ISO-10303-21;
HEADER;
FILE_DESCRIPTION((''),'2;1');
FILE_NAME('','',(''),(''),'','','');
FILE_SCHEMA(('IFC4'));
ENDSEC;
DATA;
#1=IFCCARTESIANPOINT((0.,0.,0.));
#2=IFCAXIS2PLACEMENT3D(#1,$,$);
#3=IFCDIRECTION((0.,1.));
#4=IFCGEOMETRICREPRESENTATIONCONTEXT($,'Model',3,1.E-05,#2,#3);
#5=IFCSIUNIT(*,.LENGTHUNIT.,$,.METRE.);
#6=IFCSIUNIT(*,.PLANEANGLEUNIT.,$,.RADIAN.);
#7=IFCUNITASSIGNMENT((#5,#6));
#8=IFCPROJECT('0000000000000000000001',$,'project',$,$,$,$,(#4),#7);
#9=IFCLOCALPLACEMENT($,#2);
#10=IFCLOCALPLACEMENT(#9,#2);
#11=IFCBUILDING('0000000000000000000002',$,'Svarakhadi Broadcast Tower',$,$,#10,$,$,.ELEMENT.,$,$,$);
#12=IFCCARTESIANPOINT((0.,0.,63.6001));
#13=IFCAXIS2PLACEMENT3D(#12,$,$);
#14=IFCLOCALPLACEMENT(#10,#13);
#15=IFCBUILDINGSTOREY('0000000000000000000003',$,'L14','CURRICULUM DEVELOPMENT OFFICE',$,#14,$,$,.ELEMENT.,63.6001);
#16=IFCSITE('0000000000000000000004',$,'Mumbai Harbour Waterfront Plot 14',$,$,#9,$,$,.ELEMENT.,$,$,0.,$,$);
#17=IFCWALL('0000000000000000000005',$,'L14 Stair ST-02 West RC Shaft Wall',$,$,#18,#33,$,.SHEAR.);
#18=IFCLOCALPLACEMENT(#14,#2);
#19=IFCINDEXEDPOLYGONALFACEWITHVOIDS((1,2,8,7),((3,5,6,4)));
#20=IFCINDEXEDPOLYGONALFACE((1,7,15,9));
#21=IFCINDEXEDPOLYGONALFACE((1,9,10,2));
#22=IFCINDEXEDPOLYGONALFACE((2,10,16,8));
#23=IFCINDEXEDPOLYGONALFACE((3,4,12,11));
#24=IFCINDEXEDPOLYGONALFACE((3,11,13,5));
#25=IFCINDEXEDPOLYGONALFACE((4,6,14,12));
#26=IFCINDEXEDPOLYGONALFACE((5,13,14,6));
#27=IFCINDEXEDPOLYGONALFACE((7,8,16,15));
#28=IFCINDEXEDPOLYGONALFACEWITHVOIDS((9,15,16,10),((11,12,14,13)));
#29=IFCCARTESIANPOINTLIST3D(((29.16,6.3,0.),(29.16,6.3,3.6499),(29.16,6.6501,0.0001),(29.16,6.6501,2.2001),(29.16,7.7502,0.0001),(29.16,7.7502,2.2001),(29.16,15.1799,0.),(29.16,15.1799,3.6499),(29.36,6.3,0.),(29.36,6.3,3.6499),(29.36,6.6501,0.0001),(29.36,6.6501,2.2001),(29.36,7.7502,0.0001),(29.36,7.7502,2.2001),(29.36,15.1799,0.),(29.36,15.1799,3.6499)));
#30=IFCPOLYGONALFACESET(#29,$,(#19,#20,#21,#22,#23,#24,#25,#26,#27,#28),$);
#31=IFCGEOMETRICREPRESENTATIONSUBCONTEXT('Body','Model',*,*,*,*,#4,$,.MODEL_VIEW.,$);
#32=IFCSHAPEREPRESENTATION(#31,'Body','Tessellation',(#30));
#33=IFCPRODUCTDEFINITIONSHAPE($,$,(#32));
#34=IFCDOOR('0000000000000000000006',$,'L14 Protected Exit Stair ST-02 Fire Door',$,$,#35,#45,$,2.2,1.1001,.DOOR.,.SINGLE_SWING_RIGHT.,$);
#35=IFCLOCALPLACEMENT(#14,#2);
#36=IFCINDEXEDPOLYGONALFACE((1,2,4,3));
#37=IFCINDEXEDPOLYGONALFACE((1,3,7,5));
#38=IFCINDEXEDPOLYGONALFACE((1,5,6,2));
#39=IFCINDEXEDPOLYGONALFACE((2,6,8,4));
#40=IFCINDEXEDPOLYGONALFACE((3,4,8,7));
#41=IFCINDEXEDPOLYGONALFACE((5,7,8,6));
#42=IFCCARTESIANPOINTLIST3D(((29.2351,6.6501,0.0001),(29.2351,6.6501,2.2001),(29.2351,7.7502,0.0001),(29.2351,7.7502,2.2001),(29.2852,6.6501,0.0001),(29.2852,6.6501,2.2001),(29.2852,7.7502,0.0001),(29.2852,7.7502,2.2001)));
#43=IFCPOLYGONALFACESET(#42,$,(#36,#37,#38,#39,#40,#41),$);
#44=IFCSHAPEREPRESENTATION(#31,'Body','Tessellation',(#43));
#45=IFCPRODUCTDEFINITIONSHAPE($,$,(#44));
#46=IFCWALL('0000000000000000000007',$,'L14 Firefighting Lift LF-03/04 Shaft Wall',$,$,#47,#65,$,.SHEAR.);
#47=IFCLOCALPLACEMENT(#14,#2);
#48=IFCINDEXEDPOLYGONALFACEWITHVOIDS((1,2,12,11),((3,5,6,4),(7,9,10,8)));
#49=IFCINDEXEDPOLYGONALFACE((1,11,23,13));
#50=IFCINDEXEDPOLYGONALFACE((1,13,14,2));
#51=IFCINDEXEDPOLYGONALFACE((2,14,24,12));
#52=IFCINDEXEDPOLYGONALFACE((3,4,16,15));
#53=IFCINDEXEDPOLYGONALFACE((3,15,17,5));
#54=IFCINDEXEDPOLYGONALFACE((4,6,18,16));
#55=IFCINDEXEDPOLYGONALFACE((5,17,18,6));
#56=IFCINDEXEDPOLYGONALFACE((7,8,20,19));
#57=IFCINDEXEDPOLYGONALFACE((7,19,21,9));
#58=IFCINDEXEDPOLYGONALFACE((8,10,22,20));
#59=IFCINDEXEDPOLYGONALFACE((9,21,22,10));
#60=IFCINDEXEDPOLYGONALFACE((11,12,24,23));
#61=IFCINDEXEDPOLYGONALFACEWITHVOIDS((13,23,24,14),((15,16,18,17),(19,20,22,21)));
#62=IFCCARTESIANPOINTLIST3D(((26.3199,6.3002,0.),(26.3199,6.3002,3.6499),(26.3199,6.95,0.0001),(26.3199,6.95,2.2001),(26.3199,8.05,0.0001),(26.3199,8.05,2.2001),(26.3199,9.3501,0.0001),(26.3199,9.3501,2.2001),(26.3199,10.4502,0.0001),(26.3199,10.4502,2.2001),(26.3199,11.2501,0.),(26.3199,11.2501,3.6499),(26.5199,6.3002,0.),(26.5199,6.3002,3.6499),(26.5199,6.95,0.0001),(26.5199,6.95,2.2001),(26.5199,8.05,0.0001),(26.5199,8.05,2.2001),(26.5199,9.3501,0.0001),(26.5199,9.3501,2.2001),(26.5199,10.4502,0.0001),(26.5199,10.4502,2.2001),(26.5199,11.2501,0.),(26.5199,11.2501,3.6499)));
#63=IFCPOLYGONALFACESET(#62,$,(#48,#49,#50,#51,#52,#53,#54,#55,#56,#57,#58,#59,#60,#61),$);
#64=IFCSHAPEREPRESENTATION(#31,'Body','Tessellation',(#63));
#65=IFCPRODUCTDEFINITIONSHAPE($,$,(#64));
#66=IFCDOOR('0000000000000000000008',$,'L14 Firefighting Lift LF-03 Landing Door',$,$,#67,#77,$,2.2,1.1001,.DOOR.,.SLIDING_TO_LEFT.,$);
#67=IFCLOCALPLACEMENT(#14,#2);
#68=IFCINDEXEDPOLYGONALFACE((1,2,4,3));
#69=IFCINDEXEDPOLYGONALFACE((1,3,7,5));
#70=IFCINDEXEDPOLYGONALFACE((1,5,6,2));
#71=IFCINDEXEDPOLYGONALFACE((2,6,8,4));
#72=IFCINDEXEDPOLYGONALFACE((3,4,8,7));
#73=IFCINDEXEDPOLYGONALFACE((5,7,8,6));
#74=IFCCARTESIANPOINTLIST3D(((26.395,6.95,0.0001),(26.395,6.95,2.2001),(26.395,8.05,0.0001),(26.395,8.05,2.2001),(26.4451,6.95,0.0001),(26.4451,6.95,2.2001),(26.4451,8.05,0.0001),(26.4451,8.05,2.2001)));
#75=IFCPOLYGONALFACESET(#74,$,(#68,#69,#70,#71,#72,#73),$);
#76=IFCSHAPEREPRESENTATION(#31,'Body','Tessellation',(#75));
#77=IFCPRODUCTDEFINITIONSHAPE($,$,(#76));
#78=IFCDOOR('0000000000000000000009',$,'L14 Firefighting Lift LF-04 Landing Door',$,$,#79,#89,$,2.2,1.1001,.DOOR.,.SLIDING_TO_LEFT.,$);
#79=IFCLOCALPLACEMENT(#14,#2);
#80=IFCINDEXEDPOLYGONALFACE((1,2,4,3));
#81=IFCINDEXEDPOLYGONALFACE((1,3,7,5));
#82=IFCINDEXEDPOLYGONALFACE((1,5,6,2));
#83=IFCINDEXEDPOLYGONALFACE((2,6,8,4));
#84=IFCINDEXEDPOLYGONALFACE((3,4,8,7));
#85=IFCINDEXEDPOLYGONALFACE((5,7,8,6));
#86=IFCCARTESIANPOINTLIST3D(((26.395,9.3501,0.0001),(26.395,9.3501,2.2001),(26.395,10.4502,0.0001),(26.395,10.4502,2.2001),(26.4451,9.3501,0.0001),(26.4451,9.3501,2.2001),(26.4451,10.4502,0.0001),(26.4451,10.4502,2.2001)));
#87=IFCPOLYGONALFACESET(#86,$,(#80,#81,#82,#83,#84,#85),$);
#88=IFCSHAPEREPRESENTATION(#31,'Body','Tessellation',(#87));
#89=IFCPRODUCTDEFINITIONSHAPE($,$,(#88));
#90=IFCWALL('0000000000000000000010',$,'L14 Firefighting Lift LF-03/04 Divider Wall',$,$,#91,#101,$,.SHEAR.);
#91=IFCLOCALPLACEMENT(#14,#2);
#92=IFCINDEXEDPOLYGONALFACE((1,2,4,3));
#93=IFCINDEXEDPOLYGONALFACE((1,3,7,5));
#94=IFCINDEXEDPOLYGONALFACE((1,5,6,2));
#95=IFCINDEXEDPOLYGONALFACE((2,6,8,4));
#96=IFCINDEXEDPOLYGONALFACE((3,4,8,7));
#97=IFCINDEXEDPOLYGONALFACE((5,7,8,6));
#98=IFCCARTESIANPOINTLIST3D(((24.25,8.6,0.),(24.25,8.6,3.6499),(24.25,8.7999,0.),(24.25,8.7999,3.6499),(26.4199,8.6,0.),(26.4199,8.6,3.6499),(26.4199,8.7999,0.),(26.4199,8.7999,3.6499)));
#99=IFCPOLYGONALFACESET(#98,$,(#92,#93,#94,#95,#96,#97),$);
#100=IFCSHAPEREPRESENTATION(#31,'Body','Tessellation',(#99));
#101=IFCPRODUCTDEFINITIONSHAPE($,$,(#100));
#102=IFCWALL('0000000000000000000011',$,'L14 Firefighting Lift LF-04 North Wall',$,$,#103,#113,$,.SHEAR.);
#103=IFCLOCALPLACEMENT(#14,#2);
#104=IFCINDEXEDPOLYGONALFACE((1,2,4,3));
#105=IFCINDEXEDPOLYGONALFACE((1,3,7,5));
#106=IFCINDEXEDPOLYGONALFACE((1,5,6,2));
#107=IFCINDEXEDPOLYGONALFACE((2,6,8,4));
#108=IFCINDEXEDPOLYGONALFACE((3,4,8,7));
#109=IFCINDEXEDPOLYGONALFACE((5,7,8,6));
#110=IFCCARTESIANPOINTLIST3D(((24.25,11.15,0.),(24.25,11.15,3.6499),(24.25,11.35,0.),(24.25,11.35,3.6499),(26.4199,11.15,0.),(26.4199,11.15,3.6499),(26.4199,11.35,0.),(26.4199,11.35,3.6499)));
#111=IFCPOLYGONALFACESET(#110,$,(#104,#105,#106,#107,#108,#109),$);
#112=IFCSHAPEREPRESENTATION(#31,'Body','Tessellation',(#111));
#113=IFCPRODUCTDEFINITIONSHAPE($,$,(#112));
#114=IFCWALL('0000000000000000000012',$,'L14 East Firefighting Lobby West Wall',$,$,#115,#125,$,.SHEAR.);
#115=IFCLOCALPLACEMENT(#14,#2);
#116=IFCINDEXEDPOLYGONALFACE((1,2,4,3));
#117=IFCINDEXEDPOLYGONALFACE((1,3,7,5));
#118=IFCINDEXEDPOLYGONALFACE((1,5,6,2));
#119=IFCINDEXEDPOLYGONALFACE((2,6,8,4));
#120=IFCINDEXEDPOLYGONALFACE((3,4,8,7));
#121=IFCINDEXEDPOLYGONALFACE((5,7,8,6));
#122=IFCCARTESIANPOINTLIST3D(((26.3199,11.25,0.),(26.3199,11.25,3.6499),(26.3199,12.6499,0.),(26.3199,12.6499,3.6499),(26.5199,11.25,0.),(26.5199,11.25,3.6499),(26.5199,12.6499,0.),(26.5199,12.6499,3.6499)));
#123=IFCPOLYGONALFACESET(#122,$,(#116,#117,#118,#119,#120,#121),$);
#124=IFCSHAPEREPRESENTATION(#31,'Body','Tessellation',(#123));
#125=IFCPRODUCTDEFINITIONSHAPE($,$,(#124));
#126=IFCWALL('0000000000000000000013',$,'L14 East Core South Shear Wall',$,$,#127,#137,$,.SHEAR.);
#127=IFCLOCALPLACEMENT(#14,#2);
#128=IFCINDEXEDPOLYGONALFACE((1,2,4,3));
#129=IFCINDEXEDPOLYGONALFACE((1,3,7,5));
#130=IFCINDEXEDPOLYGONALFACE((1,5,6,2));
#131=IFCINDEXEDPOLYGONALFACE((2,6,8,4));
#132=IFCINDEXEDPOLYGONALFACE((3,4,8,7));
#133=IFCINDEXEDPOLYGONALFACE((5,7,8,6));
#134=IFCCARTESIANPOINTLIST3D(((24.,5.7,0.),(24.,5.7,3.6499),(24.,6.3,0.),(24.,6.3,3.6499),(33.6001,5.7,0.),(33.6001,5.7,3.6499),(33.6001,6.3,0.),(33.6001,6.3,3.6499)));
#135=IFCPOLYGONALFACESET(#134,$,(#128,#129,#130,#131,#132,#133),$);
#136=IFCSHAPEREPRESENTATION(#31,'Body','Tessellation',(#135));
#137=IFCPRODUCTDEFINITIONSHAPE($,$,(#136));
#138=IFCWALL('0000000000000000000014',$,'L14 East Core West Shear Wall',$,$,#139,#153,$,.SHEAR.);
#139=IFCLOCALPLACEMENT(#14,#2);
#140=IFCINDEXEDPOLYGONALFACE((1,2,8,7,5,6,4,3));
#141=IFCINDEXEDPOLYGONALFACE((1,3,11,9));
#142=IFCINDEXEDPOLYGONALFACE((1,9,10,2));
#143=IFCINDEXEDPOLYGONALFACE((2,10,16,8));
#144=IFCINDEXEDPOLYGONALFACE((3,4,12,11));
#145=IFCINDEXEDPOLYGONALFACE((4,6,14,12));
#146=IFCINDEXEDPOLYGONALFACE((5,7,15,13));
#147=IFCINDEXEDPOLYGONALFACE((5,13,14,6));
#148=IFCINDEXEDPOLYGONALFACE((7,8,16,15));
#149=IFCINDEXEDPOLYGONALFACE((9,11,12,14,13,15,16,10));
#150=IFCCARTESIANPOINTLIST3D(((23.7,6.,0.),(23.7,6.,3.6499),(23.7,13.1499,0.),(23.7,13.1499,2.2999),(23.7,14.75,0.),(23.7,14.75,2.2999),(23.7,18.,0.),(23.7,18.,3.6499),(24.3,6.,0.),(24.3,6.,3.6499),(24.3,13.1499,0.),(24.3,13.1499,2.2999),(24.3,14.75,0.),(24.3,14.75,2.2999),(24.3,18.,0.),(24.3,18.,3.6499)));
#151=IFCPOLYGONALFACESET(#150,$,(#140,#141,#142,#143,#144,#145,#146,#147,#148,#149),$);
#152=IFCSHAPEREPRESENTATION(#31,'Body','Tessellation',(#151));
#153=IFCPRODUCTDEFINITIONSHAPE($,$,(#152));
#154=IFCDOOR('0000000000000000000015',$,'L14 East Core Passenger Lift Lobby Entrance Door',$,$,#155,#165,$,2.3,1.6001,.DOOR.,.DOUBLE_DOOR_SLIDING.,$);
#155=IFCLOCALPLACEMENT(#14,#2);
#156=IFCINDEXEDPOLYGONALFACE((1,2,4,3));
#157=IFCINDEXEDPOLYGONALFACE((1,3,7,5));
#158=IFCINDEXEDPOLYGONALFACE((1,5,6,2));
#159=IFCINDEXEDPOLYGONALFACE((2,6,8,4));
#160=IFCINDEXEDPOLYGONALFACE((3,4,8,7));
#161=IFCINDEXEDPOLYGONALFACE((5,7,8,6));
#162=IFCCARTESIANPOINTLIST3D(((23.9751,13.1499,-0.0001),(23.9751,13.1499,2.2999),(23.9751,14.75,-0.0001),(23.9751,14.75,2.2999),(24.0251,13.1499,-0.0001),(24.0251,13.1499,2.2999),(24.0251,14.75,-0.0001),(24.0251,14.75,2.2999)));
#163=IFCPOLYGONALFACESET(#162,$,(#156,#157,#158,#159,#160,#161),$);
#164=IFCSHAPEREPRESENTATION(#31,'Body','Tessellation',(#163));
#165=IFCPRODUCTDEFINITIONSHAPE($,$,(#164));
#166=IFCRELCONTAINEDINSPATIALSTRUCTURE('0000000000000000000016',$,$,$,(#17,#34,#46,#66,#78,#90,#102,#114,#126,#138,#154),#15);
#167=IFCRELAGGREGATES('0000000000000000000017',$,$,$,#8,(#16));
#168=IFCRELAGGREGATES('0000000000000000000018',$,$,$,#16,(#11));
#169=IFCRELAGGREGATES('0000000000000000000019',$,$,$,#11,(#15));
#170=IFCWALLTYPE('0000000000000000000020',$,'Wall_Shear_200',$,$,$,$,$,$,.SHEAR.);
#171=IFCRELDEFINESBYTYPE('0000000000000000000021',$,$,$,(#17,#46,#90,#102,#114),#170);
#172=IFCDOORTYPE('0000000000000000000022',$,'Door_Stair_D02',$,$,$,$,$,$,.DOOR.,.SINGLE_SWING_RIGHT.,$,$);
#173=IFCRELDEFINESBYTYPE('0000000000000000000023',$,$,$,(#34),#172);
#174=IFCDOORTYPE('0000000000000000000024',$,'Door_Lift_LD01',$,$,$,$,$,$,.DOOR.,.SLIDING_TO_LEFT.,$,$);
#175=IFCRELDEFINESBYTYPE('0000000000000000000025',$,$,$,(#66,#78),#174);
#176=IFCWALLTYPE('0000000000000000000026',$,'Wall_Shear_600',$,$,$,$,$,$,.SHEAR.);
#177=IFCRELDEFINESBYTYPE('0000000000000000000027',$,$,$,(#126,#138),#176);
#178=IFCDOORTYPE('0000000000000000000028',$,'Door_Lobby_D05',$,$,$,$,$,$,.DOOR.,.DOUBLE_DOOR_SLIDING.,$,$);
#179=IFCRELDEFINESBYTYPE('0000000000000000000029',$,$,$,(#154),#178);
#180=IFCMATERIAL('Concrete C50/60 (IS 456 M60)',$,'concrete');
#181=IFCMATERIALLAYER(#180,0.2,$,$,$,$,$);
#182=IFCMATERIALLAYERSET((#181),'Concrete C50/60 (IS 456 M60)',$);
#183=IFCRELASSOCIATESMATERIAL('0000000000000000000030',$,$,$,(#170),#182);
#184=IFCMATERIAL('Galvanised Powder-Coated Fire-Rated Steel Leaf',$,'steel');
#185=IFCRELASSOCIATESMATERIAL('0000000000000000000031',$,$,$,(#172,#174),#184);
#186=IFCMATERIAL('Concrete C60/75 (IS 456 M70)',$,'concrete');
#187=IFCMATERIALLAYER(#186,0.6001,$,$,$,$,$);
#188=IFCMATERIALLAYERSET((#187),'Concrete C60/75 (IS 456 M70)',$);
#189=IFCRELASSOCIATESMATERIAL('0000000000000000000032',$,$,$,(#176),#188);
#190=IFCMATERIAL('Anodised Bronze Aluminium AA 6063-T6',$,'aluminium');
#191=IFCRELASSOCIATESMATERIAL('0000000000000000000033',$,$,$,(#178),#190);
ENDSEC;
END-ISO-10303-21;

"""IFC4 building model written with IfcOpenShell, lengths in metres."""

from ifc_helpers import new_model, si_unit, direction, frame, frame_2d, origin, place, context, subcontext, project, spatial, rectangle, extrude, material, layer, layer_set, type_object, element, fill, save


model = new_model("IFC4")

# Units and contexts
model_context = context("Model", 3, precision=1e-05, world=origin(), true_north=direction((0.0, 1.0)))
body_context = subcontext(model_context, "Body", "Model", "MODEL_VIEW")
ifc_project = project(units=[si_unit("LENGTHUNIT", "METRE"), si_unit("PLANEANGLEUNIT", "RADIAN")], contexts=[model_context])

# Site, building, storey
site_placement = place(None, origin())
site = spatial("IfcSite", under=ifc_project, at=site_placement, Name="Mumbai Harbour Waterfront Plot 14", CompositionType="ELEMENT", RefElevation=0.0)
building_placement = place(site_placement, origin())
building = spatial("IfcBuilding", under=site, at=building_placement, Name="Svarakhadi Broadcast Tower", CompositionType="ELEMENT")
storey_placement = place(building_placement, frame((0.0, 0.0, 63.6001)))
storey = spatial("IfcBuildingStorey", under=building, at=storey_placement, Name="L14", Description="CURRICULUM DEVELOPMENT OFFICE", CompositionType="ELEMENT", Elevation=63.6001)

# Shared definitions
ifc_material_1 = material(Name="Concrete C60/75 (IS 456 M70)", Category="concrete")

# Shared definitions
ifc_material_2 = material(Name="Concrete C50/60 (IS 456 M60)", Category="concrete")

# Wall, opening, door
ifc_layer_1 = layer(ifc_material_2, 0.2)
ifc_layer_set_1 = layer_set([ifc_layer_1], Name="Concrete C50/60 (IS 456 M60)")
wall_type_1 = type_object("IfcWallType", Name="Wall_Shear_200", PredefinedType="SHEAR", material=ifc_layer_set_1)
wall_1_placement = place(storey_placement, frame((29.26, 6.3, 0.0), z_axis=(0.0, 0.0, 1.0), x_axis=(0.0, 1.0, 0.0)))
wall_1 = element("IfcWall", 1, at=wall_1_placement, inside=storey, type_object=wall_type_1, Name="L14 Stair ST-02 West RC Shaft Wall", PredefinedType="SHEAR", context=body_context, shape_type="SweptSolid", body=[
    extrude(rectangle(XDim=8.8799, YDim=0.2, at=frame_2d((4.4399, 0.0))), origin(), (0.0, 0.0, 1.0), 3.6499),
])
opening_1_placement = place(wall_1_placement, frame((0.3501, 0.0, 0.0)))
opening_1 = element("IfcOpeningElement", 2, at=opening_1_placement, cuts=wall_1, PredefinedType="OPENING", context=body_context, shape_type="SweptSolid", body=[
    extrude(rectangle(XDim=1.1001, YDim=2.2, at=frame_2d((0.55, 1.1001))), frame((0.0, 0.1099, 0.0), z_axis=(0.0, -1.0, 0.0), x_axis=(1.0, 0.0, 0.0)), (0.0, 0.0, 1.0), 0.22),
])
ifc_material_3 = material(Name="Galvanised Powder-Coated Fire-Rated Steel Leaf", Category="steel")
door_type_1 = type_object("IfcDoorType", Name="Door_Stair_D02", OperationType="SINGLE_SWING_RIGHT", PredefinedType="DOOR", material=ifc_material_3)
door_1_placement = place(opening_1_placement, origin())
door_1 = element("IfcDoor", 3, at=door_1_placement, inside=storey, type_object=door_type_1, Name="L14 Protected Exit Stair ST-02 Fire Door", OperationType="SINGLE_SWING_RIGHT", OverallHeight=2.2, OverallWidth=1.1001, PredefinedType="DOOR", context=body_context, shape_type="SweptSolid", body=[
    extrude(rectangle(XDim=1.1001, YDim=2.2, at=frame_2d((0.55, 1.1001))), frame((0.0, 0.0249, 0.0), z_axis=(0.0, -1.0, 0.0), x_axis=(1.0, 0.0, 0.0)), (0.0, 0.0, 1.0), 0.05),
])
fill(opening_1, door_1)

# Wall, openings, doors
wall_2_placement = place(storey_placement, frame((26.4199, 6.3, 0.0), z_axis=(0.0, 0.0, 1.0), x_axis=(0.0, 1.0, 0.0)))
wall_2 = element("IfcWall", 4, at=wall_2_placement, inside=storey, type_object=wall_type_1, Name="L14 Firefighting Lift LF-03/04 Shaft Wall", PredefinedType="SHEAR", context=body_context, shape_type="SweptSolid", body=[
    extrude(rectangle(XDim=4.95, YDim=0.2, at=frame_2d((2.4751, 0.0))), origin(), (0.0, 0.0, 1.0), 3.6499),
])
opening_2_placement = place(wall_2_placement, frame((0.6499, 0.0, 0.0)))
opening_2 = element("IfcOpeningElement", 5, at=opening_2_placement, cuts=wall_2, PredefinedType="OPENING", context=body_context, shape_type="SweptSolid", body=[
    extrude(rectangle(XDim=1.1001, YDim=2.2, at=frame_2d((0.55, 1.1001))), frame((0.0, 0.1099, 0.0), z_axis=(0.0, -1.0, 0.0), x_axis=(1.0, 0.0, 0.0)), (0.0, 0.0, 1.0), 0.22),
])
opening_3_placement = place(wall_2_placement, frame((3.05, 0.0, 0.0)))
opening_3 = element("IfcOpeningElement", 6, at=opening_3_placement, cuts=wall_2, PredefinedType="OPENING", context=body_context, shape_type="SweptSolid", body=[
    extrude(rectangle(XDim=1.1001, YDim=2.2, at=frame_2d((0.55, 1.1001))), frame((0.0, 0.1099, 0.0), z_axis=(0.0, -1.0, 0.0), x_axis=(1.0, 0.0, 0.0)), (0.0, 0.0, 1.0), 0.22),
])
door_type_2 = type_object("IfcDoorType", Name="Door_Lift_LD01", OperationType="SLIDING_TO_LEFT", PredefinedType="DOOR", material=ifc_material_3)
door_2_placement = place(opening_2_placement, origin())
door_2 = element("IfcDoor", 7, at=door_2_placement, inside=storey, type_object=door_type_2, Name="L14 Firefighting Lift LF-03 Landing Door", OperationType="SLIDING_TO_LEFT", OverallHeight=2.2, OverallWidth=1.1001, PredefinedType="DOOR", context=body_context, shape_type="SweptSolid", body=[
    extrude(rectangle(XDim=1.1001, YDim=2.2, at=frame_2d((0.55, 1.1001))), frame((0.0, 0.0249, 0.0), z_axis=(0.0, -1.0, 0.0), x_axis=(1.0, 0.0, 0.0)), (0.0, 0.0, 1.0), 0.05),
])
fill(opening_2, door_2)
door_3_placement = place(opening_3_placement, origin())
door_3 = element("IfcDoor", 8, at=door_3_placement, inside=storey, type_object=door_type_2, Name="L14 Firefighting Lift LF-04 Landing Door", OperationType="SLIDING_TO_LEFT", OverallHeight=2.2, OverallWidth=1.1001, PredefinedType="DOOR", context=body_context, shape_type="SweptSolid", body=[
    extrude(rectangle(XDim=1.1001, YDim=2.2, at=frame_2d((0.55, 1.1001))), frame((0.0, 0.0249, 0.0), z_axis=(0.0, -1.0, 0.0), x_axis=(1.0, 0.0, 0.0)), (0.0, 0.0, 1.0), 0.05),
])
fill(opening_3, door_3)

# Walls
for number, where, z_axis, x_axis, name in (
    (9, (24.25, 8.7, 0.0), (0.0, 0.0, 1.0), (1.0, 0.0, 0.0), "L14 Firefighting Lift LF-03/04 Divider Wall"),
    (10, (24.25, 11.25, 0.0), (0.0, 0.0, 1.0), (1.0, 0.0, 0.0), "L14 Firefighting Lift LF-04 North Wall"),
):
    element("IfcWall", number, at=place(storey_placement, frame(where, z_axis=z_axis, x_axis=x_axis)), inside=storey, type_object=wall_type_1, Name=name, PredefinedType="SHEAR", context=body_context, shape_type="SweptSolid", body=[
        extrude(rectangle(XDim=2.1699, YDim=0.2, at=frame_2d((1.085, 0.0))), origin(), (0.0, 0.0, 1.0), 3.6499),
    ])
wall_3_placement = place(storey_placement, frame((26.4199, 11.25, 0.0), z_axis=(0.0, 0.0, 1.0), x_axis=(0.0, 1.0, 0.0)))
element("IfcWall", 11, at=wall_3_placement, inside=storey, type_object=wall_type_1, Name="L14 East Firefighting Lobby West Wall", PredefinedType="SHEAR", context=body_context, shape_type="SweptSolid", body=[
    extrude(rectangle(XDim=1.3999, YDim=0.2, at=frame_2d((0.7, 0.0))), origin(), (0.0, 0.0, 1.0), 3.6499),
])
ifc_layer_2 = layer(ifc_material_1, 0.6001)
ifc_layer_set_2 = layer_set([ifc_layer_2], Name="Concrete C60/75 (IS 456 M70)")
wall_type_2 = type_object("IfcWallType", Name="Wall_Shear_600", PredefinedType="SHEAR", material=ifc_layer_set_2)
wall_4_placement = place(storey_placement, frame((24.0, 6.0, 0.0), z_axis=(0.0, 0.0, 1.0), x_axis=(1.0, 0.0, 0.0)))
element("IfcWall", 12, at=wall_4_placement, inside=storey, type_object=wall_type_2, Name="L14 East Core South Shear Wall", PredefinedType="SHEAR", context=body_context, shape_type="SweptSolid", body=[
    extrude(rectangle(XDim=9.6001, YDim=0.6001, at=frame_2d((4.8, 0.0))), origin(), (0.0, 0.0, 1.0), 3.6499),
])

# Wall, opening, door
wall_5_placement = place(storey_placement, frame((24.0, 6.0, 0.0), z_axis=(0.0, 0.0, 1.0), x_axis=(0.0, 1.0, 0.0)))
wall_5 = element("IfcWall", 13, at=wall_5_placement, inside=storey, type_object=wall_type_2, Name="L14 East Core West Shear Wall", PredefinedType="SHEAR", context=body_context, shape_type="SweptSolid", body=[
    extrude(rectangle(XDim=12.0, YDim=0.6001, at=frame_2d((6.0, 0.0))), origin(), (0.0, 0.0, 1.0), 3.6499),
])
opening_4_placement = place(wall_5_placement, frame((7.1499, 0.0, 0.0)))
opening_4 = element("IfcOpeningElement", 14, at=opening_4_placement, cuts=wall_5, PredefinedType="OPENING", context=body_context, shape_type="SweptSolid", body=[
    extrude(rectangle(XDim=1.6001, YDim=2.3, at=frame_2d((0.8, 1.1499))), frame((0.0, 0.3101, 0.0), z_axis=(0.0, -1.0, 0.0), x_axis=(1.0, 0.0, 0.0)), (0.0, 0.0, 1.0), 0.6201),
])
ifc_material_4 = material(Name="Anodised Bronze Aluminium AA 6063-T6", Category="aluminium")
door_type_3 = type_object("IfcDoorType", Name="Door_Lobby_D05", OperationType="DOUBLE_DOOR_SLIDING", PredefinedType="DOOR", material=ifc_material_4)
door_4_placement = place(opening_4_placement, origin())
door_4 = element("IfcDoor", 15, at=door_4_placement, inside=storey, type_object=door_type_3, Name="L14 East Core Passenger Lift Lobby Entrance Door", OperationType="DOUBLE_DOOR_SLIDING", OverallHeight=2.3, OverallWidth=1.6001, PredefinedType="DOOR", context=body_context, shape_type="SweptSolid", body=[
    extrude(rectangle(XDim=1.6001, YDim=2.3, at=frame_2d((0.8, 1.1499))), frame((0.0, 0.0249, 0.0), z_axis=(0.0, -1.0, 0.0), x_axis=(1.0, 0.0, 0.0)), (0.0, 0.0, 1.0), 0.05),
])
fill(opening_4, door_4)

save(model, "model.ifc")
